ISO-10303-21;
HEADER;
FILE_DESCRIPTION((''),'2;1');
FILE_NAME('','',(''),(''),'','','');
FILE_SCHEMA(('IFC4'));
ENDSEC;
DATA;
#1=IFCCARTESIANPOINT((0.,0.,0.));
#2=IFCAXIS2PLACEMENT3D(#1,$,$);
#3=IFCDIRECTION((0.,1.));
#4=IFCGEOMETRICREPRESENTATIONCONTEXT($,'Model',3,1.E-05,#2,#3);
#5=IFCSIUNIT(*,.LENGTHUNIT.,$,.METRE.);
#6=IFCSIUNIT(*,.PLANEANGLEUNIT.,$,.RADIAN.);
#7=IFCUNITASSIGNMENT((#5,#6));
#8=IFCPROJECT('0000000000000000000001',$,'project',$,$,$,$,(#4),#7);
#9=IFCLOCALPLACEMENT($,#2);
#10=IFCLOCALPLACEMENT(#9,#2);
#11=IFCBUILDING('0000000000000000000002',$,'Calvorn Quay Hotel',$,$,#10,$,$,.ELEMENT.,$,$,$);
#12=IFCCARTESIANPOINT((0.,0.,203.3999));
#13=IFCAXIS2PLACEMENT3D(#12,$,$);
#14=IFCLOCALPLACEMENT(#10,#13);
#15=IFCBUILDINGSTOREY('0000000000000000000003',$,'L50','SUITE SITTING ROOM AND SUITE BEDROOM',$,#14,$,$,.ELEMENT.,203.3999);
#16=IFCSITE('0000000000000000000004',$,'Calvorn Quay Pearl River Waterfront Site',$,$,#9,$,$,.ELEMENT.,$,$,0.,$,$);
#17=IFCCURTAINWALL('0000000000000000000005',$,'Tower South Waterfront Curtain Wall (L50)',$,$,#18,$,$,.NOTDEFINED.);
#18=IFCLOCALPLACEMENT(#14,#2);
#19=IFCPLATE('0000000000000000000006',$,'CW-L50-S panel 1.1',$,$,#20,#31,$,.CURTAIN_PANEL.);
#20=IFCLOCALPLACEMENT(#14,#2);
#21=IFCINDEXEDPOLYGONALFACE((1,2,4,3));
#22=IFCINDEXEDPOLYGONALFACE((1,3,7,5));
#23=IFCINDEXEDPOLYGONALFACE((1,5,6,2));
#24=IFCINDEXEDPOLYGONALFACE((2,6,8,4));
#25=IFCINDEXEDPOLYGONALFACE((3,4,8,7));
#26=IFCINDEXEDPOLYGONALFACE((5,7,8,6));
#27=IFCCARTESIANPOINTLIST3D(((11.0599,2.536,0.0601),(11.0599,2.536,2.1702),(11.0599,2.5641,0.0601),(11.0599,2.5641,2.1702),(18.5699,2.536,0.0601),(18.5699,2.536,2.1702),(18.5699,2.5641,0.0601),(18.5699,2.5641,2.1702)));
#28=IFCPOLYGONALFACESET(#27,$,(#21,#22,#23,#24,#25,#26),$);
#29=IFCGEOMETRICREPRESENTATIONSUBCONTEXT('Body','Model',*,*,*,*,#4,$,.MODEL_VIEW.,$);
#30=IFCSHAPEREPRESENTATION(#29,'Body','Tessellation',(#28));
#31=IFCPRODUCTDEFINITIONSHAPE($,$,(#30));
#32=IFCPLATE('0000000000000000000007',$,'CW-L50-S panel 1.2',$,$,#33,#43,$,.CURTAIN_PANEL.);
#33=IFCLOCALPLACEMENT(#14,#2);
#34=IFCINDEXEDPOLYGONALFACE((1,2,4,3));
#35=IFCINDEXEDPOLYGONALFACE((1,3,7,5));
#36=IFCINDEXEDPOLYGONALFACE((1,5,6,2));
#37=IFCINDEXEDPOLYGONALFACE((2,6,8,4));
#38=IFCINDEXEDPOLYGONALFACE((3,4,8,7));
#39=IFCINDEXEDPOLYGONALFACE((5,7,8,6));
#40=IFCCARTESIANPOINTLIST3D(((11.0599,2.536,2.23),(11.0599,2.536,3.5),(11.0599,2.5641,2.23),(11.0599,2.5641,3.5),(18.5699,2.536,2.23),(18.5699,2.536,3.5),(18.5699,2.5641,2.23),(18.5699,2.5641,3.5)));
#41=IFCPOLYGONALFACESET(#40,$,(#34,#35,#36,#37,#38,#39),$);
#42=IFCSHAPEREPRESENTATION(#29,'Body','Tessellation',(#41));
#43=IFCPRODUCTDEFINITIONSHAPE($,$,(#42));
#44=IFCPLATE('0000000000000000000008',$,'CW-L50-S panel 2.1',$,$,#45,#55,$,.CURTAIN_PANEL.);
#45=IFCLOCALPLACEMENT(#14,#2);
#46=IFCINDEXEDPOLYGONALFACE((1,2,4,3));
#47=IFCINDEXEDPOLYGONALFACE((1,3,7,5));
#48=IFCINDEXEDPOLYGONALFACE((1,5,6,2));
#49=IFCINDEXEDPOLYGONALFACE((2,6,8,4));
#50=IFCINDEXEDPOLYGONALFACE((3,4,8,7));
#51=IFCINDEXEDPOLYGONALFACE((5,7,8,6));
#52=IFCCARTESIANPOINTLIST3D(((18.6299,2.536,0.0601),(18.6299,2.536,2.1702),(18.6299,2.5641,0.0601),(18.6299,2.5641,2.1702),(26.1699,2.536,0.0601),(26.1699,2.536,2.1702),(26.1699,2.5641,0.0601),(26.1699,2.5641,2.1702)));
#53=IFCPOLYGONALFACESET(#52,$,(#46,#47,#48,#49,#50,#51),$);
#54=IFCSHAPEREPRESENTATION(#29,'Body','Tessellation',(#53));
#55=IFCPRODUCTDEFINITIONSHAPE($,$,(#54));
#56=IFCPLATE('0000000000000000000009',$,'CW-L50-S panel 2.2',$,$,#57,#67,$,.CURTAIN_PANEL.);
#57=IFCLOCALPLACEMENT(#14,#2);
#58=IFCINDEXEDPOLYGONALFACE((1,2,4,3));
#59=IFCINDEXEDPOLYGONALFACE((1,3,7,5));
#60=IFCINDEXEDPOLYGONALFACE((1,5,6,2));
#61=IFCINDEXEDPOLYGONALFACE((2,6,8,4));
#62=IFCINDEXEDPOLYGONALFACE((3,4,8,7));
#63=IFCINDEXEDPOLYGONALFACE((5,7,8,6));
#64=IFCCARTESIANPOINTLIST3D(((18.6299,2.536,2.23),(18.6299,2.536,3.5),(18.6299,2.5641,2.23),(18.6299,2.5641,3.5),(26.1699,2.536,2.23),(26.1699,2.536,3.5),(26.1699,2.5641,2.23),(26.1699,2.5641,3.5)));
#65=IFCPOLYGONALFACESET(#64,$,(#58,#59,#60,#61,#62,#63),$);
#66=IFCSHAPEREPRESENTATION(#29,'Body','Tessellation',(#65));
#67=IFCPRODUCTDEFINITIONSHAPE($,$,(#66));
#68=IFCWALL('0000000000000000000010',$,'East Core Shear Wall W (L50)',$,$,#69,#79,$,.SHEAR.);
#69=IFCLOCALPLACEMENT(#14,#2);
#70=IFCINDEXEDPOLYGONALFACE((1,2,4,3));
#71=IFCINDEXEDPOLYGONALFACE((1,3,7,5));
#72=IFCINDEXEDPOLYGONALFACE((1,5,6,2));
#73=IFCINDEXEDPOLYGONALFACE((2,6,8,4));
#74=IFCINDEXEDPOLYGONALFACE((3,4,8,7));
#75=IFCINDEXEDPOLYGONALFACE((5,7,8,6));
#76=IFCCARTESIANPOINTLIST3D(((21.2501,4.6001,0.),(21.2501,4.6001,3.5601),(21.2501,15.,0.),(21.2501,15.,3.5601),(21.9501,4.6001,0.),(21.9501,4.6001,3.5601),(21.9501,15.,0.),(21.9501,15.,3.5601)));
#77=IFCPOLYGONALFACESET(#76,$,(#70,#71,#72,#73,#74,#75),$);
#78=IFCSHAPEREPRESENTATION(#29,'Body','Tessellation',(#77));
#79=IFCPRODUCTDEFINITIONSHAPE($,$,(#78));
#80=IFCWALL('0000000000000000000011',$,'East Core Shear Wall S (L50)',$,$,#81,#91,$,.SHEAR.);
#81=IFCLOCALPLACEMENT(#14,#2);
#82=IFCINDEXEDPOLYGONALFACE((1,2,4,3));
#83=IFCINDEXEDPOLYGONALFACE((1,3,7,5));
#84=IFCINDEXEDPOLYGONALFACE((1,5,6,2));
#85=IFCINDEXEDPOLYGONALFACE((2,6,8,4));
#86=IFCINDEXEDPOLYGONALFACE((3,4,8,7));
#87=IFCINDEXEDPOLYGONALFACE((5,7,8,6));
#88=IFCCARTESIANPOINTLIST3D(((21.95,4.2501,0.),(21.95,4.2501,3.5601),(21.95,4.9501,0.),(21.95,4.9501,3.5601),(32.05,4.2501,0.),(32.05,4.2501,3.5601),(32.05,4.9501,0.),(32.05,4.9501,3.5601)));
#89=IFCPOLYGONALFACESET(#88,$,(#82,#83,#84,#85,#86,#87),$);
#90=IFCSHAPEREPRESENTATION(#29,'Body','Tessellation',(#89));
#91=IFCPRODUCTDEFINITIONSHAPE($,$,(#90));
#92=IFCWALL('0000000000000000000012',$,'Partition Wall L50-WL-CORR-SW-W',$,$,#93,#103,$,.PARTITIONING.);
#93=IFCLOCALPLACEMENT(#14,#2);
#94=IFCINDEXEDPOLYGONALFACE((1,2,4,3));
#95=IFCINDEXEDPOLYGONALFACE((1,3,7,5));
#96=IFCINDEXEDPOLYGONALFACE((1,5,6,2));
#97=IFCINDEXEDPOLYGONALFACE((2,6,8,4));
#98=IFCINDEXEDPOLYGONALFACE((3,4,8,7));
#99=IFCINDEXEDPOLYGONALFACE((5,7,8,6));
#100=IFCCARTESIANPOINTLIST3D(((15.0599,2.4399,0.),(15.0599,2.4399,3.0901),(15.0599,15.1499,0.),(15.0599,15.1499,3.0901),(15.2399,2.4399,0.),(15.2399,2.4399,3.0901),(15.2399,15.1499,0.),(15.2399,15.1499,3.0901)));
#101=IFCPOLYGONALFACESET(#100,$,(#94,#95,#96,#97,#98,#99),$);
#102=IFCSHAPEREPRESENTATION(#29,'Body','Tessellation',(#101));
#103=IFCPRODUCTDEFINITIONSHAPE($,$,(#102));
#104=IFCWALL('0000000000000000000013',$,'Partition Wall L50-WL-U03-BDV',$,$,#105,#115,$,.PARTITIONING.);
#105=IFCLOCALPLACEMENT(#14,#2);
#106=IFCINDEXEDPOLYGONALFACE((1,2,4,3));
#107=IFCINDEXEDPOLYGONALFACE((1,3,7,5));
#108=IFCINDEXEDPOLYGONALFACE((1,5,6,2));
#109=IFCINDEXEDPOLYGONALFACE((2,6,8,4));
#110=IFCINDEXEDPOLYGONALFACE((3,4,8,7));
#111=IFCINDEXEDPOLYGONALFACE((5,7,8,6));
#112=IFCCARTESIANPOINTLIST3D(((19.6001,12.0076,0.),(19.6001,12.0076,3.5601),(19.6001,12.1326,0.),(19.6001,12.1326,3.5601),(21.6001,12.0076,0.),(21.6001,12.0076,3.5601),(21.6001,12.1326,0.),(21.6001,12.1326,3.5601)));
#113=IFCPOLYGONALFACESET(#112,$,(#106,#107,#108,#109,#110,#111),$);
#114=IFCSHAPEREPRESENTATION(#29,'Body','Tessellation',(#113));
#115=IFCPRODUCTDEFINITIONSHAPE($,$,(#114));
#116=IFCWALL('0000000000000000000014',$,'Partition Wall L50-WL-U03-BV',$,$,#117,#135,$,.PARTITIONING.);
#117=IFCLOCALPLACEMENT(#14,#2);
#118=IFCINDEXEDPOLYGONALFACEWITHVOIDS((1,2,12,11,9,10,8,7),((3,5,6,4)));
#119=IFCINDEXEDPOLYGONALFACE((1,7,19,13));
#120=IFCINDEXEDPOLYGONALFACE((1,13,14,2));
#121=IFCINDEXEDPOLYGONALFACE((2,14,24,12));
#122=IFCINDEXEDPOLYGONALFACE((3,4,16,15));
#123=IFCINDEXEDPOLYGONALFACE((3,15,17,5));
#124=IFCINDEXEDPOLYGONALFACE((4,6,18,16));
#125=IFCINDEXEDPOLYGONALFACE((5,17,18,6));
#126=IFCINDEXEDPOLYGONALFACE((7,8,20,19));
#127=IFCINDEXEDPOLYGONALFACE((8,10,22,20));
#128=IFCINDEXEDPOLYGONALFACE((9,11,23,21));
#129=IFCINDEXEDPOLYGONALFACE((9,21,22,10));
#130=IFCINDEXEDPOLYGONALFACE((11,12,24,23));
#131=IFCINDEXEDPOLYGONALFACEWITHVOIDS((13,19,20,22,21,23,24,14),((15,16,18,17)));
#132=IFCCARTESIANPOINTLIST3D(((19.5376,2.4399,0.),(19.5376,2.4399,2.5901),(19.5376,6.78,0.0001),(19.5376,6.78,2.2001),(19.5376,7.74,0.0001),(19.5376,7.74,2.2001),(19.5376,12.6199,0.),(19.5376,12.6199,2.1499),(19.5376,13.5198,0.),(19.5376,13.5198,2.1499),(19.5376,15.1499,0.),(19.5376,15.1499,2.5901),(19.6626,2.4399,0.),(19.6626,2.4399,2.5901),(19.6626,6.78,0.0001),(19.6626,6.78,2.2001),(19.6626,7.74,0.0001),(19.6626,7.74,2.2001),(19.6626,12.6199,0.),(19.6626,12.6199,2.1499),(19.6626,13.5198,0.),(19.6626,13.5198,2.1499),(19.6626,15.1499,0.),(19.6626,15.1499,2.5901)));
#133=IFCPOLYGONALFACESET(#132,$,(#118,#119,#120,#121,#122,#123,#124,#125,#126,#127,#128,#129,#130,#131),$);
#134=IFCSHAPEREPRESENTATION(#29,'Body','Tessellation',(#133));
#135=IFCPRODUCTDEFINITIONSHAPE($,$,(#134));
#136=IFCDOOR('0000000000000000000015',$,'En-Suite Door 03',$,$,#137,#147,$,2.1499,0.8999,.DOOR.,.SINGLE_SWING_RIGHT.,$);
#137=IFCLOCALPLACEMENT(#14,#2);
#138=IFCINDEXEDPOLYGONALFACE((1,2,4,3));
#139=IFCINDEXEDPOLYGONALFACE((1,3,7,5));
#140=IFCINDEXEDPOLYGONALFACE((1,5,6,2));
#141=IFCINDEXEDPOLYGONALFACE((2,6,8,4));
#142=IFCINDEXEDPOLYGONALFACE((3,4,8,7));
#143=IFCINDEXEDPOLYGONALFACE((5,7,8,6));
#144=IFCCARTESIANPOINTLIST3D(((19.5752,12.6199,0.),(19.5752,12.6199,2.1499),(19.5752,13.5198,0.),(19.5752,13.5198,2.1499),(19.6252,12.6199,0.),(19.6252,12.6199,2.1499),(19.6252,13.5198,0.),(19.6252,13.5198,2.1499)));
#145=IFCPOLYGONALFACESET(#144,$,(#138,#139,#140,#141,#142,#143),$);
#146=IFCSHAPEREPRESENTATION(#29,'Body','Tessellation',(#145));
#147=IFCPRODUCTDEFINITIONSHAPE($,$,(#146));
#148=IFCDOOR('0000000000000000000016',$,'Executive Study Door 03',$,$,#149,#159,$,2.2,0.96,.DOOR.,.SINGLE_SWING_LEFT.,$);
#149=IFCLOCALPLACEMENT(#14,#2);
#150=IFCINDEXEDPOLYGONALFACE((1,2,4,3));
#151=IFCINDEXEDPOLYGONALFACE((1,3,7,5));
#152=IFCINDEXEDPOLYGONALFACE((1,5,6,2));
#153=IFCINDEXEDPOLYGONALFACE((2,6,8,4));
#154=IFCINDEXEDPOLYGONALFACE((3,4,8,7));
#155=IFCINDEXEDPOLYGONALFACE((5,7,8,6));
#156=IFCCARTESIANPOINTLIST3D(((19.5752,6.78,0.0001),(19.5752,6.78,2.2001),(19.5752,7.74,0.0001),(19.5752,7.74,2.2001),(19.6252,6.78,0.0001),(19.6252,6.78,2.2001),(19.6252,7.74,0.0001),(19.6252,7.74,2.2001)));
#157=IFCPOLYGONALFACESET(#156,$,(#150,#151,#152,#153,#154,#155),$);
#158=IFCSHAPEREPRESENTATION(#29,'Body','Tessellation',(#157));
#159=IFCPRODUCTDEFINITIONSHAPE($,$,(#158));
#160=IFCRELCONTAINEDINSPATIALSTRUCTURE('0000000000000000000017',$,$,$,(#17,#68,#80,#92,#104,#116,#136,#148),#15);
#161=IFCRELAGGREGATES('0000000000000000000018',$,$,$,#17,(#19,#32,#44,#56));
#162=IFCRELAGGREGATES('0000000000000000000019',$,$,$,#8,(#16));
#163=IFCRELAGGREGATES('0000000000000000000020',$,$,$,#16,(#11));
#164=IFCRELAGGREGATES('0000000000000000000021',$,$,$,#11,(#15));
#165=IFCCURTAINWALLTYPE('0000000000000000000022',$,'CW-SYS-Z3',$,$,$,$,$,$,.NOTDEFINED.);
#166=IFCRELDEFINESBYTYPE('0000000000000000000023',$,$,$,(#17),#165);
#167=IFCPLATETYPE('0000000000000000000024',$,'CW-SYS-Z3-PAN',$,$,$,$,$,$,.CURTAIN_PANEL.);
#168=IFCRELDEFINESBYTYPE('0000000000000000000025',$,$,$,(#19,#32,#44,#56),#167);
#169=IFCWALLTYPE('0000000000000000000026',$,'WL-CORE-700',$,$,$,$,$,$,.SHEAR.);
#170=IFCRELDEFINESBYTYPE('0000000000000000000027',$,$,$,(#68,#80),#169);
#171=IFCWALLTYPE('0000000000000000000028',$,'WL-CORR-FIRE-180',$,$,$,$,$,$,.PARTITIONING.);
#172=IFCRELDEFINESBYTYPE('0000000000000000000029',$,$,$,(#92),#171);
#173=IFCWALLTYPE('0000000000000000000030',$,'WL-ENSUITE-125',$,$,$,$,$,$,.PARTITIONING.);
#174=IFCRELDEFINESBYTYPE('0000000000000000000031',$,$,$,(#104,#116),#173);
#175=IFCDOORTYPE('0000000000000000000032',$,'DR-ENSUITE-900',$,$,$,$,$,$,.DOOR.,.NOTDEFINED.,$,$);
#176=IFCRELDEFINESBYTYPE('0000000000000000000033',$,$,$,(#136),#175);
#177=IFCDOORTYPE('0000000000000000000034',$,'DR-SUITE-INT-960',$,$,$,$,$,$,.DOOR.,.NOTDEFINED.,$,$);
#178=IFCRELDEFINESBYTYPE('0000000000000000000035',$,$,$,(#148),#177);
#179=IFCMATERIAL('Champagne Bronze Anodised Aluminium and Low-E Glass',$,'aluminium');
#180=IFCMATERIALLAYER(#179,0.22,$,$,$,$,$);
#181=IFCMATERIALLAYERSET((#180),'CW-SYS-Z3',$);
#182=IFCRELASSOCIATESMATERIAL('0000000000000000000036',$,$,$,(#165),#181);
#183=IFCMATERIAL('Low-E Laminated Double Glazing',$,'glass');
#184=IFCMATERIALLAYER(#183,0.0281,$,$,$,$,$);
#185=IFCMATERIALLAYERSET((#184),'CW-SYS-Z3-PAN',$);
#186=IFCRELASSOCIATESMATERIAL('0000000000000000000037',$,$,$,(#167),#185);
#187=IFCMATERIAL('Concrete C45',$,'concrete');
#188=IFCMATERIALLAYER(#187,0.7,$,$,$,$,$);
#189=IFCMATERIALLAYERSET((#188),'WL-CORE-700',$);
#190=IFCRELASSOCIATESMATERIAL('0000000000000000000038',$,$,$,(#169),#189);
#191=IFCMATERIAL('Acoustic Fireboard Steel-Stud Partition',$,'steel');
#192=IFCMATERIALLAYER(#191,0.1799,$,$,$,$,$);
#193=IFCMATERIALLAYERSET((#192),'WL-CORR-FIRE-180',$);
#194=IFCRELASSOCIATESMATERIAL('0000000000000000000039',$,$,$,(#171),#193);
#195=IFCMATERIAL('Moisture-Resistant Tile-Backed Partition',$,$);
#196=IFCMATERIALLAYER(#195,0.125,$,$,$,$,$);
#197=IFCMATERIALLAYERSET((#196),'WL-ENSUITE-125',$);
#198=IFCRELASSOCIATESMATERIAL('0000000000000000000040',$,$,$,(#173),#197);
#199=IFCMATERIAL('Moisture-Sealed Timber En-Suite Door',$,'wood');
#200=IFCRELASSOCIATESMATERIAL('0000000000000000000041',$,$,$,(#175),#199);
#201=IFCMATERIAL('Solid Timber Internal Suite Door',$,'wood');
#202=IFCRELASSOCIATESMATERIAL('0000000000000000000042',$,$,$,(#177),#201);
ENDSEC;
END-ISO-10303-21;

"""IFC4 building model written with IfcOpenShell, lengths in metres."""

from ifc_helpers import new_model, si_unit, direction, frame, frame_2d, origin, origin_2d, place, context, subcontext, project, spatial, rectangle, extrude, material, layer, layer_set, type_object, element, fill, aggregate, save


model = new_model("IFC4")

# Units and contexts
model_context = context("Model", 3, precision=1e-05, world=origin(), true_north=direction((0.0, 1.0)))
body_context = subcontext(model_context, "Body", "Model", "MODEL_VIEW")
ifc_project = project(units=[si_unit("LENGTHUNIT", "METRE"), si_unit("PLANEANGLEUNIT", "RADIAN")], contexts=[model_context])

# Site, building, storey
site_placement = place(None, origin())
site = spatial("IfcSite", under=ifc_project, at=site_placement, Name="Calvorn Quay Pearl River Waterfront Site", CompositionType="ELEMENT", RefElevation=0.0)
building_placement = place(site_placement, origin())
building = spatial("IfcBuilding", under=site, at=building_placement, Name="Calvorn Quay Hotel", CompositionType="ELEMENT")
storey_placement = place(building_placement, frame((0.0, 0.0, 203.3999)))
storey = spatial("IfcBuildingStorey", under=building, at=storey_placement, Name="L50", Description="SUITE SITTING ROOM AND SUITE BEDROOM", CompositionType="ELEMENT", Elevation=203.3999)

# Curtain wall, plates
ifc_material_1 = material(Name="Champagne Bronze Anodised Aluminium and Low-E Glass", Category="aluminium")
ifc_layer_1 = layer(ifc_material_1, 0.22)
ifc_layer_set_1 = layer_set([ifc_layer_1], Name="CW-SYS-Z3")
curtain_wall_type = type_object("IfcCurtainWallType", Name="CW-SYS-Z3", PredefinedType="NOTDEFINED", material=ifc_layer_set_1)
curtain_wall_placement = place(storey_placement, origin())
curtain_wall = element("IfcCurtainWall", 1, at=curtain_wall_placement, inside=storey, type_object=curtain_wall_type, Name="Tower South Waterfront Curtain Wall (L50)", PredefinedType="NOTDEFINED")
ifc_material_2 = material(Name="Low-E Laminated Double Glazing", Category="glass")
ifc_layer_2 = layer(ifc_material_2, 0.0281)
ifc_layer_set_2 = layer_set([ifc_layer_2], Name="CW-SYS-Z3-PAN")
plate_type = type_object("IfcPlateType", Name="CW-SYS-Z3-PAN", PredefinedType="CURTAIN_PANEL", material=ifc_layer_set_2)
plate_1_placement = place(storey_placement, frame((14.8149, 2.55, 0.0601), z_axis=(0.0, 0.0, 1.0), x_axis=(1.0, 0.0, 0.0)))
plate_1 = element("IfcPlate", 2, at=plate_1_placement, type_object=plate_type, Name="CW-L50-S panel 1.1", PredefinedType="CURTAIN_PANEL", context=body_context, shape_type="SweptSolid", body=[
    extrude(rectangle(XDim=7.51, YDim=0.0281, at=origin_2d()), origin(), (0.0, 0.0, 1.0), 2.1101),
])
plate_2_placement = place(storey_placement, frame((14.8149, 2.55, 2.23), z_axis=(0.0, 0.0, 1.0), x_axis=(1.0, 0.0, 0.0)))
plate_2 = element("IfcPlate", 3, at=plate_2_placement, type_object=plate_type, Name="CW-L50-S panel 1.2", PredefinedType="CURTAIN_PANEL", context=body_context, shape_type="SweptSolid", body=[
    extrude(rectangle(XDim=7.51, YDim=0.0281, at=origin_2d()), origin(), (0.0, 0.0, 1.0), 1.27),
])
plate_3_placement = place(storey_placement, frame((22.3999, 2.55, 0.0601), z_axis=(0.0, 0.0, 1.0), x_axis=(1.0, 0.0, 0.0)))
plate_3 = element("IfcPlate", 4, at=plate_3_placement, type_object=plate_type, Name="CW-L50-S panel 2.1", PredefinedType="CURTAIN_PANEL", context=body_context, shape_type="SweptSolid", body=[
    extrude(rectangle(XDim=7.54, YDim=0.0281, at=origin_2d()), origin(), (0.0, 0.0, 1.0), 2.1101),
])
plate_4_placement = place(storey_placement, frame((22.3999, 2.55, 2.23), z_axis=(0.0, 0.0, 1.0), x_axis=(1.0, 0.0, 0.0)))
plate_4 = element("IfcPlate", 5, at=plate_4_placement, type_object=plate_type, Name="CW-L50-S panel 2.2", PredefinedType="CURTAIN_PANEL", context=body_context, shape_type="SweptSolid", body=[
    extrude(rectangle(XDim=7.54, YDim=0.0281, at=origin_2d()), origin(), (0.0, 0.0, 1.0), 1.27),
])
aggregate(curtain_wall, [plate_1, plate_2, plate_3, plate_4])

# Walls
ifc_material_3 = material(Name="Concrete C45", Category="concrete")
ifc_layer_3 = layer(ifc_material_3, 0.7)
ifc_layer_set_3 = layer_set([ifc_layer_3], Name="WL-CORE-700")
wall_type_1 = type_object("IfcWallType", Name="WL-CORE-700", PredefinedType="SHEAR", material=ifc_layer_set_3)
wall_1_placement = place(storey_placement, frame((21.6001, 4.6001, 0.0), z_axis=(0.0, 0.0, 1.0), x_axis=(0.0, 1.0, 0.0)))
element("IfcWall", 6, at=wall_1_placement, inside=storey, type_object=wall_type_1, Name="East Core Shear Wall W (L50)", PredefinedType="SHEAR", context=body_context, shape_type="SweptSolid", body=[
    extrude(rectangle(XDim=10.3999, YDim=0.7, at=frame_2d((5.2, 0.0))), origin(), (0.0, 0.0, 1.0), 3.5601),
])
wall_2_placement = place(storey_placement, frame((21.95, 4.6001, 0.0), z_axis=(0.0, 0.0, 1.0), x_axis=(1.0, 0.0, 0.0)))
element("IfcWall", 7, at=wall_2_placement, inside=storey, type_object=wall_type_1, Name="East Core Shear Wall S (L50)", PredefinedType="SHEAR", context=body_context, shape_type="SweptSolid", body=[
    extrude(rectangle(XDim=10.1001, YDim=0.7, at=frame_2d((5.05, 0.0))), origin(), (0.0, 0.0, 1.0), 3.5601),
])
ifc_material_4 = material(Name="Acoustic Fireboard Steel-Stud Partition", Category="steel")
ifc_layer_4 = layer(ifc_material_4, 0.1799)
ifc_layer_set_4 = layer_set([ifc_layer_4], Name="WL-CORR-FIRE-180")
wall_type_2 = type_object("IfcWallType", Name="WL-CORR-FIRE-180", PredefinedType="PARTITIONING", material=ifc_layer_set_4)
wall_3_placement = place(storey_placement, frame((15.1499, 2.4399, 0.0), z_axis=(0.0, 0.0, 1.0), x_axis=(0.0, 1.0, 0.0)))
element("IfcWall", 8, at=wall_3_placement, inside=storey, type_object=wall_type_2, Name="Partition Wall L50-WL-CORR-SW-W", PredefinedType="PARTITIONING", context=body_context, shape_type="SweptSolid", body=[
    extrude(rectangle(XDim=12.71, YDim=0.1799, at=frame_2d((6.355, 0.0))), origin(), (0.0, 0.0, 1.0), 3.0901),
])
ifc_material_5 = material(Name="Moisture-Resistant Tile-Backed Partition")
ifc_layer_5 = layer(ifc_material_5, 0.125)
ifc_layer_set_5 = layer_set([ifc_layer_5], Name="WL-ENSUITE-125")
wall_type_3 = type_object("IfcWallType", Name="WL-ENSUITE-125", PredefinedType="PARTITIONING", material=ifc_layer_set_5)
wall_4_placement = place(storey_placement, frame((19.6001, 12.0701, 0.0), z_axis=(0.0, 0.0, 1.0), x_axis=(1.0, 0.0, 0.0)))
element("IfcWall", 9, at=wall_4_placement, inside=storey, type_object=wall_type_3, Name="Partition Wall L50-WL-U03-BDV", PredefinedType="PARTITIONING", context=body_context, shape_type="SweptSolid", body=[
    extrude(rectangle(XDim=2.0, YDim=0.125, at=frame_2d((1.0, 0.0))), origin(), (0.0, 0.0, 1.0), 3.5601),
])

# Wall, openings, doors
wall_5_placement = place(storey_placement, frame((19.6001, 2.4399, 0.0), z_axis=(0.0, 0.0, 1.0), x_axis=(0.0, 1.0, 0.0)))
wall_5 = element("IfcWall", 10, at=wall_5_placement, inside=storey, type_object=wall_type_3, Name="Partition Wall L50-WL-U03-BV", PredefinedType="PARTITIONING", context=body_context, shape_type="SweptSolid", body=[
    extrude(rectangle(XDim=12.71, YDim=0.125, at=frame_2d((6.355, 0.0))), origin(), (0.0, 0.0, 1.0), 2.5901),
])
opening_1_placement = place(wall_5_placement, frame((4.3401, 0.0, 0.0)))
opening_1 = element("IfcOpeningElement", 11, at=opening_1_placement, cuts=wall_5, PredefinedType="OPENING", context=body_context, shape_type="SweptSolid", body=[
    extrude(rectangle(XDim=0.96, YDim=2.2, at=frame_2d((0.48, 1.1001))), frame((0.0, 0.0725, 0.0), z_axis=(0.0, -1.0, 0.0), x_axis=(1.0, 0.0, 0.0)), (0.0, 0.0, 1.0), 0.145),
])
opening_2_placement = place(wall_5_placement, frame((10.1799, 0.0, 0.0)))
opening_2 = element("IfcOpeningElement", 12, at=opening_2_placement, cuts=wall_5, PredefinedType="OPENING", context=body_context, shape_type="SweptSolid", body=[
    extrude(rectangle(XDim=0.8999, YDim=2.1499, at=frame_2d((0.45, 1.075))), frame((0.0, 0.0725, 0.0), z_axis=(0.0, -1.0, 0.0), x_axis=(1.0, 0.0, 0.0)), (0.0, 0.0, 1.0), 0.145),
])
ifc_material_6 = material(Name="Moisture-Sealed Timber En-Suite Door", Category="wood")
door_type_1 = type_object("IfcDoorType", Name="DR-ENSUITE-900", OperationType="NOTDEFINED", PredefinedType="DOOR", material=ifc_material_6)
door_1_placement = place(opening_2_placement, origin())
door_1 = element("IfcDoor", 13, at=door_1_placement, inside=storey, type_object=door_type_1, Name="En-Suite Door 03", OperationType="SINGLE_SWING_RIGHT", OverallHeight=2.1499, OverallWidth=0.8999, PredefinedType="DOOR", context=body_context, shape_type="SweptSolid", body=[
    extrude(rectangle(XDim=0.8999, YDim=2.1499, at=frame_2d((0.45, 1.075))), frame((0.0, 0.0249, 0.0), z_axis=(0.0, -1.0, 0.0), x_axis=(1.0, 0.0, 0.0)), (0.0, 0.0, 1.0), 0.05),
])
fill(opening_2, door_1)
ifc_material_7 = material(Name="Solid Timber Internal Suite Door", Category="wood")
door_type_2 = type_object("IfcDoorType", Name="DR-SUITE-INT-960", OperationType="NOTDEFINED", PredefinedType="DOOR", material=ifc_material_7)
door_2_placement = place(opening_1_placement, origin())
door_2 = element("IfcDoor", 14, at=door_2_placement, inside=storey, type_object=door_type_2, Name="Executive Study Door 03", OperationType="SINGLE_SWING_LEFT", OverallHeight=2.2, OverallWidth=0.96, PredefinedType="DOOR", context=body_context, shape_type="SweptSolid", body=[
    extrude(rectangle(XDim=0.96, YDim=2.2, at=frame_2d((0.48, 1.1001))), frame((0.0, 0.0249, 0.0), z_axis=(0.0, -1.0, 0.0), x_axis=(1.0, 0.0, 0.0)), (0.0, 0.0, 1.0), 0.05),
])
fill(opening_1, door_2)

save(model, "model.ifc")
